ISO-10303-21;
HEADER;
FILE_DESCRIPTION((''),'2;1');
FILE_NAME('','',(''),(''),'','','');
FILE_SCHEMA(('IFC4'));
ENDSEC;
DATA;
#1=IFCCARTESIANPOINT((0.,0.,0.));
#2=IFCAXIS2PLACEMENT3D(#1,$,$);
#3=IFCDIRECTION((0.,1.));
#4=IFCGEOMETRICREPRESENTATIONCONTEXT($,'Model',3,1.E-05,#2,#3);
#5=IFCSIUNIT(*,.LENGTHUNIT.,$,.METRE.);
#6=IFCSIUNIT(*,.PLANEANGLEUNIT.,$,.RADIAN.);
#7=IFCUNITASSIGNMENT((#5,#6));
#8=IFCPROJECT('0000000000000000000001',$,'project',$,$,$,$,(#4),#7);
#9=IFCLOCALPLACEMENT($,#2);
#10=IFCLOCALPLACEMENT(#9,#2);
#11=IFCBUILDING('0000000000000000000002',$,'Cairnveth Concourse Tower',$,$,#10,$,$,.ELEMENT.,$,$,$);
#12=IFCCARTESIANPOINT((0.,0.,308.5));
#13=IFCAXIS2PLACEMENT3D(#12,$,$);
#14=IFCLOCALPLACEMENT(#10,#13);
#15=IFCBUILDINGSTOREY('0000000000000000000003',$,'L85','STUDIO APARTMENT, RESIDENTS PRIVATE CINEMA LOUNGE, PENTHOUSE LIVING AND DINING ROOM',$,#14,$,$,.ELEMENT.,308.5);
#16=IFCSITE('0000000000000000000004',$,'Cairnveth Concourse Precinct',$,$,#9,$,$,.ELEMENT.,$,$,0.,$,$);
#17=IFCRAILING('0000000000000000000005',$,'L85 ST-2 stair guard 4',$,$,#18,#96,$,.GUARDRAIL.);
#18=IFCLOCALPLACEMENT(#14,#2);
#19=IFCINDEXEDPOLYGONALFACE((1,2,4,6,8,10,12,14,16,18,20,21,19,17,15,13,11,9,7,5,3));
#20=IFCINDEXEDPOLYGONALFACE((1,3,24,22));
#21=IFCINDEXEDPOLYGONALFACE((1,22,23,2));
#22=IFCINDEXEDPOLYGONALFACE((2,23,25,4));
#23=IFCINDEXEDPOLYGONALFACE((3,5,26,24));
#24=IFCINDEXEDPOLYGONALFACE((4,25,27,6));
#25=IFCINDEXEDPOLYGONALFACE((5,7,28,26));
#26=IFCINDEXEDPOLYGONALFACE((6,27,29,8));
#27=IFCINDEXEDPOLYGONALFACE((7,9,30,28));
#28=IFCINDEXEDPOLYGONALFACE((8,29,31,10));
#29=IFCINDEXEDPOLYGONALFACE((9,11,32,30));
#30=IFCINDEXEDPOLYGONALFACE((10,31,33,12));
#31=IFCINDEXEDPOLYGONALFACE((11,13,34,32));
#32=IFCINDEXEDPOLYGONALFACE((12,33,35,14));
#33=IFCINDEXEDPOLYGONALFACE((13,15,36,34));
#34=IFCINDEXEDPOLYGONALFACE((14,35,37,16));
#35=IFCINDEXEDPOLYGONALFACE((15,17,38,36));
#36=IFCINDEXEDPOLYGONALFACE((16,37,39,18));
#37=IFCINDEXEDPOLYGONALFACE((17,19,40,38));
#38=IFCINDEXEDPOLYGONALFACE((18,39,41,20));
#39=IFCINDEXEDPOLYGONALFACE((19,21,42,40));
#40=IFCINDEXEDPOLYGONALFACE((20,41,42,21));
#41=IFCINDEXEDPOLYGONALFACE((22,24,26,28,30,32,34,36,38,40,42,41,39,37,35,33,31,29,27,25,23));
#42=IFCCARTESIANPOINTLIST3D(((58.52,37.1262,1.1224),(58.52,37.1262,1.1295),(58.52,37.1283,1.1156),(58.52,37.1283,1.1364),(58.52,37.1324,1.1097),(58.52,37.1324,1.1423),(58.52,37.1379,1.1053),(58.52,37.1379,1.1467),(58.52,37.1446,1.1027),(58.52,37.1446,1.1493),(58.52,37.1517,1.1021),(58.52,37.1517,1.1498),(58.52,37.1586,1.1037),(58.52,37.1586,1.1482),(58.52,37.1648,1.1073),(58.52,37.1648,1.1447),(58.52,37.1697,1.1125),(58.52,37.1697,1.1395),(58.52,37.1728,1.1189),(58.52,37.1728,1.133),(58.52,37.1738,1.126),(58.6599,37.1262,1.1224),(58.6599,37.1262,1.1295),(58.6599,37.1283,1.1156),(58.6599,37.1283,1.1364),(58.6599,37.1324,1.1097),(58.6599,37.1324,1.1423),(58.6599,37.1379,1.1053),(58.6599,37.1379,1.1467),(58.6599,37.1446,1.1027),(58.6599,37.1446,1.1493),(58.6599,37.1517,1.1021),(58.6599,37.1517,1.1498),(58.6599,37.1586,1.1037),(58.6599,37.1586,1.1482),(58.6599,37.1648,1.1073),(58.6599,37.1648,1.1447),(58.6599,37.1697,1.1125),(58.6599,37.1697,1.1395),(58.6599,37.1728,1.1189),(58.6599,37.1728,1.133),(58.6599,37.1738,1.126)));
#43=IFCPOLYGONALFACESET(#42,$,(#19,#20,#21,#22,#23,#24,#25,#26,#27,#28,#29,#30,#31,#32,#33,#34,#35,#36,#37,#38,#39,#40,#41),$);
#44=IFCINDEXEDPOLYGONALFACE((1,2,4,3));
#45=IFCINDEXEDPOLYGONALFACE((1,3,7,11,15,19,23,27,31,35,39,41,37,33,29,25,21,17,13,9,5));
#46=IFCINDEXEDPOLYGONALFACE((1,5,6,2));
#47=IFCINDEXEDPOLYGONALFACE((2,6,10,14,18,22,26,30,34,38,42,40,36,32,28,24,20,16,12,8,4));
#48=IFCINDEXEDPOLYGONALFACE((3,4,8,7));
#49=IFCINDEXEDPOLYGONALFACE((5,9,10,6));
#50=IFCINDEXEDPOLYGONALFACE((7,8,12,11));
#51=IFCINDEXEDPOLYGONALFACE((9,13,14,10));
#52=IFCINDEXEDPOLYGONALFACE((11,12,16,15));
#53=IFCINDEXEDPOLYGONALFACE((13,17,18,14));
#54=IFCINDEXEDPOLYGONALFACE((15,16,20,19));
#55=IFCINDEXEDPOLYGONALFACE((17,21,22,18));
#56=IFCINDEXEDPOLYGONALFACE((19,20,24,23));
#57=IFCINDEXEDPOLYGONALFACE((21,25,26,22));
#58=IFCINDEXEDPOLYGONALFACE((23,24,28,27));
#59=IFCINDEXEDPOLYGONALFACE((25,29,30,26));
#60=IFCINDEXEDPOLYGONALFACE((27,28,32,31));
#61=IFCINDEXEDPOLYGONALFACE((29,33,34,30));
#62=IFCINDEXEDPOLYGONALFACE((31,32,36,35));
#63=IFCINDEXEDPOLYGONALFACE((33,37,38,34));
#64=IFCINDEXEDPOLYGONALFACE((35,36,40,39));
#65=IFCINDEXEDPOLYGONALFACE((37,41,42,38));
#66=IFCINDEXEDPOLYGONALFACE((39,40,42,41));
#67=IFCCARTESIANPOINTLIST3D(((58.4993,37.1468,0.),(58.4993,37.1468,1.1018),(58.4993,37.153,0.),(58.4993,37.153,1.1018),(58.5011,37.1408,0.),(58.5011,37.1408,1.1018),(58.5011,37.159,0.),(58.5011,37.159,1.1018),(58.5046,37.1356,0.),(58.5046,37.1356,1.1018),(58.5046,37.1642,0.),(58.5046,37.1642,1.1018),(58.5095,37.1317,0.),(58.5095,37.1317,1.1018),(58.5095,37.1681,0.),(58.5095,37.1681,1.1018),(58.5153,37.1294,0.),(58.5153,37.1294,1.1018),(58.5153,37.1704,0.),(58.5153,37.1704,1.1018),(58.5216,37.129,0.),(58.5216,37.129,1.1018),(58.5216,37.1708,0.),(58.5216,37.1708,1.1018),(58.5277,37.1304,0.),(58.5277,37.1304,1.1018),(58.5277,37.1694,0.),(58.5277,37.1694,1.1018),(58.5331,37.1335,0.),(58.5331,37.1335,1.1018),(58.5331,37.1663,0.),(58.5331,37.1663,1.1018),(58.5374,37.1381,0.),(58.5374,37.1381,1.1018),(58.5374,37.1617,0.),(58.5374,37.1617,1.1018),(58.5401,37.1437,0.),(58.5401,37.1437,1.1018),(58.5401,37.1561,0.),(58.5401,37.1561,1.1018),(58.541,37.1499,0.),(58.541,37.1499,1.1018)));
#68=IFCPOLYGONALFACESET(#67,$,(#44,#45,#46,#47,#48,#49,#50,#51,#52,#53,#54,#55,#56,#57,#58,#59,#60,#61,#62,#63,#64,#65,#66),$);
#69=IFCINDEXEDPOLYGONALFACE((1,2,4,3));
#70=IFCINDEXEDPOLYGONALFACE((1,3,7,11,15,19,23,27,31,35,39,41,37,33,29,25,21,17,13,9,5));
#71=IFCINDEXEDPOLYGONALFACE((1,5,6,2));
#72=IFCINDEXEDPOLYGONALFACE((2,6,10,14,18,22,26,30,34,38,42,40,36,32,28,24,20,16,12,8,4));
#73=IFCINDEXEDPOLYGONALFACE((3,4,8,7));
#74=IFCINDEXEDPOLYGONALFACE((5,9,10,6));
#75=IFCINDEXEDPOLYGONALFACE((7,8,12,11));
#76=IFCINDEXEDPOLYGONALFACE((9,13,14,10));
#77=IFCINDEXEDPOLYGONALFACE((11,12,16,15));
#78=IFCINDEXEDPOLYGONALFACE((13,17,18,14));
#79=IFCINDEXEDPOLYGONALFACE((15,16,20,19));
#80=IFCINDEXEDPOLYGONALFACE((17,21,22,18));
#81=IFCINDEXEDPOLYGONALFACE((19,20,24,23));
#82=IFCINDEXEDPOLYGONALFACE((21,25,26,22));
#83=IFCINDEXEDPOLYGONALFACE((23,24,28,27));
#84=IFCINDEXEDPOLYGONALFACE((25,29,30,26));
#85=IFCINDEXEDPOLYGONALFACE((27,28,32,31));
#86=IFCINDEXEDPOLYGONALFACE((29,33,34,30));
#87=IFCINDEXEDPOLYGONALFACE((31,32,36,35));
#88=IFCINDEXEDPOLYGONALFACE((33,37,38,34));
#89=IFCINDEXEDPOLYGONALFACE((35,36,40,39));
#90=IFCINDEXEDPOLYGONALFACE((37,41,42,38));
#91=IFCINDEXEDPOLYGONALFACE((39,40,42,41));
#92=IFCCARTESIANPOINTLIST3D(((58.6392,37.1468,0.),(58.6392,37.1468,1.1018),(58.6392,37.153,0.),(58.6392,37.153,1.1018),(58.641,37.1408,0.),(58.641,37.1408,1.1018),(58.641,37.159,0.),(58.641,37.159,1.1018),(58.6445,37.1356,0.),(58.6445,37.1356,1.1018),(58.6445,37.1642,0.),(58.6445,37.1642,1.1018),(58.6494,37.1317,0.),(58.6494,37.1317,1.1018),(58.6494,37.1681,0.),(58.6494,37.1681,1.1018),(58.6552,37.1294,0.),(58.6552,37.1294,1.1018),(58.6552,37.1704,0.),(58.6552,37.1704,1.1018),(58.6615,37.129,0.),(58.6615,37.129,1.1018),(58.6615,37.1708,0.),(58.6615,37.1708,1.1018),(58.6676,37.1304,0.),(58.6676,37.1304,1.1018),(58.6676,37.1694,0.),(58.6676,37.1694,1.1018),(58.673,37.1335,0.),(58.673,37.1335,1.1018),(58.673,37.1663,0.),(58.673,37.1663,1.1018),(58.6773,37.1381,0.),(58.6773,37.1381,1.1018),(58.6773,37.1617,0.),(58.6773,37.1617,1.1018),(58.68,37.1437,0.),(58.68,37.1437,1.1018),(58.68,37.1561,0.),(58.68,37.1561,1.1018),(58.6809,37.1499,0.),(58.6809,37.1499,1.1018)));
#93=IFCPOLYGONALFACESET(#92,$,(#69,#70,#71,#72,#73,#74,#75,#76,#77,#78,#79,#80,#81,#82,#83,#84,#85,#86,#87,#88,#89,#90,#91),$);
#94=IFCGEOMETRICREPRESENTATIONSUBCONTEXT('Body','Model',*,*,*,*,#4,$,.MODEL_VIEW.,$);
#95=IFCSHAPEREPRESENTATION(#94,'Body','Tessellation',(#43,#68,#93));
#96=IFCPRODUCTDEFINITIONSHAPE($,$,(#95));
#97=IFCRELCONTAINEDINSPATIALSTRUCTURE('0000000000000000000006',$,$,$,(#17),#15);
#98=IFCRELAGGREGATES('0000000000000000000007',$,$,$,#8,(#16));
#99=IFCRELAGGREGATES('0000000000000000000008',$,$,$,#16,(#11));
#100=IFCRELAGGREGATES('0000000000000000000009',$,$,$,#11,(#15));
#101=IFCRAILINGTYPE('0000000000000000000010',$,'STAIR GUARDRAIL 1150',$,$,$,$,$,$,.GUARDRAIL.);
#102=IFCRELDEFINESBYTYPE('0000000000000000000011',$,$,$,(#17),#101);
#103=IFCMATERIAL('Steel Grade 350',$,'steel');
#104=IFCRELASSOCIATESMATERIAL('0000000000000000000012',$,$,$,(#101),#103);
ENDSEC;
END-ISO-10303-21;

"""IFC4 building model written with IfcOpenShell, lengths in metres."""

from ifc_helpers import new_model, si_unit, direction, frame, origin, origin_2d, place, context, subcontext, project, spatial, circle, extrude, material, type_object, element, save


model = new_model("IFC4")

# Units and contexts
model_context = context("Model", 3, precision=1e-05, world=origin(), true_north=direction((0.0, 1.0)))
body_context = subcontext(model_context, "Body", "Model", "MODEL_VIEW")
ifc_project = project(units=[si_unit("LENGTHUNIT", "METRE"), si_unit("PLANEANGLEUNIT", "RADIAN")], contexts=[model_context])

# Site, building, storey
site_placement = place(None, origin())
site = spatial("IfcSite", under=ifc_project, at=site_placement, Name="Cairnveth Concourse Precinct", CompositionType="ELEMENT", RefElevation=0.0)
building_placement = place(site_placement, origin())
building = spatial("IfcBuilding", under=site, at=building_placement, Name="Cairnveth Concourse Tower", CompositionType="ELEMENT")
storey_placement = place(building_placement, frame((0.0, 0.0, 308.5)))
storey = spatial("IfcBuildingStorey", under=building, at=storey_placement, Name="L85", Description="STUDIO APARTMENT, RESIDENTS PRIVATE CINEMA LOUNGE, PENTHOUSE LIVING AND DINING ROOM", CompositionType="ELEMENT", Elevation=308.5)

# Shared definitions
ifc_material_1 = material(Name="Steel Grade 350", Category="steel")

# Railing
railing_type = type_object("IfcRailingType", Name="STAIR GUARDRAIL 1150", PredefinedType="GUARDRAIL", material=ifc_material_1)
railing_placement = place(storey_placement, frame((58.52, 37.1499, 0.0)))
element("IfcRailing", 1, at=railing_placement, inside=storey, type_object=railing_type, Name="L85 ST-2 stair guard 4", PredefinedType="GUARDRAIL", context=body_context, shape_type="SweptSolid", body=[
    extrude(circle(Radius=0.0239, at=origin_2d()), frame((0.0, 0.0, 1.126), z_axis=(1.0, 0.0, 0.0), x_axis=(0.0, 1.0, 0.0)), (0.0, 0.0, 1.0), 0.1399),
    extrude(circle(Radius=0.021, at=origin_2d()), origin(), (0.0, 0.0, 1.0), 1.1018),
    extrude(circle(Radius=0.021, at=origin_2d()), frame((0.1399, 0.0, 0.0)), (0.0, 0.0, 1.0), 1.1018),
])

save(model, "model.ifc")
